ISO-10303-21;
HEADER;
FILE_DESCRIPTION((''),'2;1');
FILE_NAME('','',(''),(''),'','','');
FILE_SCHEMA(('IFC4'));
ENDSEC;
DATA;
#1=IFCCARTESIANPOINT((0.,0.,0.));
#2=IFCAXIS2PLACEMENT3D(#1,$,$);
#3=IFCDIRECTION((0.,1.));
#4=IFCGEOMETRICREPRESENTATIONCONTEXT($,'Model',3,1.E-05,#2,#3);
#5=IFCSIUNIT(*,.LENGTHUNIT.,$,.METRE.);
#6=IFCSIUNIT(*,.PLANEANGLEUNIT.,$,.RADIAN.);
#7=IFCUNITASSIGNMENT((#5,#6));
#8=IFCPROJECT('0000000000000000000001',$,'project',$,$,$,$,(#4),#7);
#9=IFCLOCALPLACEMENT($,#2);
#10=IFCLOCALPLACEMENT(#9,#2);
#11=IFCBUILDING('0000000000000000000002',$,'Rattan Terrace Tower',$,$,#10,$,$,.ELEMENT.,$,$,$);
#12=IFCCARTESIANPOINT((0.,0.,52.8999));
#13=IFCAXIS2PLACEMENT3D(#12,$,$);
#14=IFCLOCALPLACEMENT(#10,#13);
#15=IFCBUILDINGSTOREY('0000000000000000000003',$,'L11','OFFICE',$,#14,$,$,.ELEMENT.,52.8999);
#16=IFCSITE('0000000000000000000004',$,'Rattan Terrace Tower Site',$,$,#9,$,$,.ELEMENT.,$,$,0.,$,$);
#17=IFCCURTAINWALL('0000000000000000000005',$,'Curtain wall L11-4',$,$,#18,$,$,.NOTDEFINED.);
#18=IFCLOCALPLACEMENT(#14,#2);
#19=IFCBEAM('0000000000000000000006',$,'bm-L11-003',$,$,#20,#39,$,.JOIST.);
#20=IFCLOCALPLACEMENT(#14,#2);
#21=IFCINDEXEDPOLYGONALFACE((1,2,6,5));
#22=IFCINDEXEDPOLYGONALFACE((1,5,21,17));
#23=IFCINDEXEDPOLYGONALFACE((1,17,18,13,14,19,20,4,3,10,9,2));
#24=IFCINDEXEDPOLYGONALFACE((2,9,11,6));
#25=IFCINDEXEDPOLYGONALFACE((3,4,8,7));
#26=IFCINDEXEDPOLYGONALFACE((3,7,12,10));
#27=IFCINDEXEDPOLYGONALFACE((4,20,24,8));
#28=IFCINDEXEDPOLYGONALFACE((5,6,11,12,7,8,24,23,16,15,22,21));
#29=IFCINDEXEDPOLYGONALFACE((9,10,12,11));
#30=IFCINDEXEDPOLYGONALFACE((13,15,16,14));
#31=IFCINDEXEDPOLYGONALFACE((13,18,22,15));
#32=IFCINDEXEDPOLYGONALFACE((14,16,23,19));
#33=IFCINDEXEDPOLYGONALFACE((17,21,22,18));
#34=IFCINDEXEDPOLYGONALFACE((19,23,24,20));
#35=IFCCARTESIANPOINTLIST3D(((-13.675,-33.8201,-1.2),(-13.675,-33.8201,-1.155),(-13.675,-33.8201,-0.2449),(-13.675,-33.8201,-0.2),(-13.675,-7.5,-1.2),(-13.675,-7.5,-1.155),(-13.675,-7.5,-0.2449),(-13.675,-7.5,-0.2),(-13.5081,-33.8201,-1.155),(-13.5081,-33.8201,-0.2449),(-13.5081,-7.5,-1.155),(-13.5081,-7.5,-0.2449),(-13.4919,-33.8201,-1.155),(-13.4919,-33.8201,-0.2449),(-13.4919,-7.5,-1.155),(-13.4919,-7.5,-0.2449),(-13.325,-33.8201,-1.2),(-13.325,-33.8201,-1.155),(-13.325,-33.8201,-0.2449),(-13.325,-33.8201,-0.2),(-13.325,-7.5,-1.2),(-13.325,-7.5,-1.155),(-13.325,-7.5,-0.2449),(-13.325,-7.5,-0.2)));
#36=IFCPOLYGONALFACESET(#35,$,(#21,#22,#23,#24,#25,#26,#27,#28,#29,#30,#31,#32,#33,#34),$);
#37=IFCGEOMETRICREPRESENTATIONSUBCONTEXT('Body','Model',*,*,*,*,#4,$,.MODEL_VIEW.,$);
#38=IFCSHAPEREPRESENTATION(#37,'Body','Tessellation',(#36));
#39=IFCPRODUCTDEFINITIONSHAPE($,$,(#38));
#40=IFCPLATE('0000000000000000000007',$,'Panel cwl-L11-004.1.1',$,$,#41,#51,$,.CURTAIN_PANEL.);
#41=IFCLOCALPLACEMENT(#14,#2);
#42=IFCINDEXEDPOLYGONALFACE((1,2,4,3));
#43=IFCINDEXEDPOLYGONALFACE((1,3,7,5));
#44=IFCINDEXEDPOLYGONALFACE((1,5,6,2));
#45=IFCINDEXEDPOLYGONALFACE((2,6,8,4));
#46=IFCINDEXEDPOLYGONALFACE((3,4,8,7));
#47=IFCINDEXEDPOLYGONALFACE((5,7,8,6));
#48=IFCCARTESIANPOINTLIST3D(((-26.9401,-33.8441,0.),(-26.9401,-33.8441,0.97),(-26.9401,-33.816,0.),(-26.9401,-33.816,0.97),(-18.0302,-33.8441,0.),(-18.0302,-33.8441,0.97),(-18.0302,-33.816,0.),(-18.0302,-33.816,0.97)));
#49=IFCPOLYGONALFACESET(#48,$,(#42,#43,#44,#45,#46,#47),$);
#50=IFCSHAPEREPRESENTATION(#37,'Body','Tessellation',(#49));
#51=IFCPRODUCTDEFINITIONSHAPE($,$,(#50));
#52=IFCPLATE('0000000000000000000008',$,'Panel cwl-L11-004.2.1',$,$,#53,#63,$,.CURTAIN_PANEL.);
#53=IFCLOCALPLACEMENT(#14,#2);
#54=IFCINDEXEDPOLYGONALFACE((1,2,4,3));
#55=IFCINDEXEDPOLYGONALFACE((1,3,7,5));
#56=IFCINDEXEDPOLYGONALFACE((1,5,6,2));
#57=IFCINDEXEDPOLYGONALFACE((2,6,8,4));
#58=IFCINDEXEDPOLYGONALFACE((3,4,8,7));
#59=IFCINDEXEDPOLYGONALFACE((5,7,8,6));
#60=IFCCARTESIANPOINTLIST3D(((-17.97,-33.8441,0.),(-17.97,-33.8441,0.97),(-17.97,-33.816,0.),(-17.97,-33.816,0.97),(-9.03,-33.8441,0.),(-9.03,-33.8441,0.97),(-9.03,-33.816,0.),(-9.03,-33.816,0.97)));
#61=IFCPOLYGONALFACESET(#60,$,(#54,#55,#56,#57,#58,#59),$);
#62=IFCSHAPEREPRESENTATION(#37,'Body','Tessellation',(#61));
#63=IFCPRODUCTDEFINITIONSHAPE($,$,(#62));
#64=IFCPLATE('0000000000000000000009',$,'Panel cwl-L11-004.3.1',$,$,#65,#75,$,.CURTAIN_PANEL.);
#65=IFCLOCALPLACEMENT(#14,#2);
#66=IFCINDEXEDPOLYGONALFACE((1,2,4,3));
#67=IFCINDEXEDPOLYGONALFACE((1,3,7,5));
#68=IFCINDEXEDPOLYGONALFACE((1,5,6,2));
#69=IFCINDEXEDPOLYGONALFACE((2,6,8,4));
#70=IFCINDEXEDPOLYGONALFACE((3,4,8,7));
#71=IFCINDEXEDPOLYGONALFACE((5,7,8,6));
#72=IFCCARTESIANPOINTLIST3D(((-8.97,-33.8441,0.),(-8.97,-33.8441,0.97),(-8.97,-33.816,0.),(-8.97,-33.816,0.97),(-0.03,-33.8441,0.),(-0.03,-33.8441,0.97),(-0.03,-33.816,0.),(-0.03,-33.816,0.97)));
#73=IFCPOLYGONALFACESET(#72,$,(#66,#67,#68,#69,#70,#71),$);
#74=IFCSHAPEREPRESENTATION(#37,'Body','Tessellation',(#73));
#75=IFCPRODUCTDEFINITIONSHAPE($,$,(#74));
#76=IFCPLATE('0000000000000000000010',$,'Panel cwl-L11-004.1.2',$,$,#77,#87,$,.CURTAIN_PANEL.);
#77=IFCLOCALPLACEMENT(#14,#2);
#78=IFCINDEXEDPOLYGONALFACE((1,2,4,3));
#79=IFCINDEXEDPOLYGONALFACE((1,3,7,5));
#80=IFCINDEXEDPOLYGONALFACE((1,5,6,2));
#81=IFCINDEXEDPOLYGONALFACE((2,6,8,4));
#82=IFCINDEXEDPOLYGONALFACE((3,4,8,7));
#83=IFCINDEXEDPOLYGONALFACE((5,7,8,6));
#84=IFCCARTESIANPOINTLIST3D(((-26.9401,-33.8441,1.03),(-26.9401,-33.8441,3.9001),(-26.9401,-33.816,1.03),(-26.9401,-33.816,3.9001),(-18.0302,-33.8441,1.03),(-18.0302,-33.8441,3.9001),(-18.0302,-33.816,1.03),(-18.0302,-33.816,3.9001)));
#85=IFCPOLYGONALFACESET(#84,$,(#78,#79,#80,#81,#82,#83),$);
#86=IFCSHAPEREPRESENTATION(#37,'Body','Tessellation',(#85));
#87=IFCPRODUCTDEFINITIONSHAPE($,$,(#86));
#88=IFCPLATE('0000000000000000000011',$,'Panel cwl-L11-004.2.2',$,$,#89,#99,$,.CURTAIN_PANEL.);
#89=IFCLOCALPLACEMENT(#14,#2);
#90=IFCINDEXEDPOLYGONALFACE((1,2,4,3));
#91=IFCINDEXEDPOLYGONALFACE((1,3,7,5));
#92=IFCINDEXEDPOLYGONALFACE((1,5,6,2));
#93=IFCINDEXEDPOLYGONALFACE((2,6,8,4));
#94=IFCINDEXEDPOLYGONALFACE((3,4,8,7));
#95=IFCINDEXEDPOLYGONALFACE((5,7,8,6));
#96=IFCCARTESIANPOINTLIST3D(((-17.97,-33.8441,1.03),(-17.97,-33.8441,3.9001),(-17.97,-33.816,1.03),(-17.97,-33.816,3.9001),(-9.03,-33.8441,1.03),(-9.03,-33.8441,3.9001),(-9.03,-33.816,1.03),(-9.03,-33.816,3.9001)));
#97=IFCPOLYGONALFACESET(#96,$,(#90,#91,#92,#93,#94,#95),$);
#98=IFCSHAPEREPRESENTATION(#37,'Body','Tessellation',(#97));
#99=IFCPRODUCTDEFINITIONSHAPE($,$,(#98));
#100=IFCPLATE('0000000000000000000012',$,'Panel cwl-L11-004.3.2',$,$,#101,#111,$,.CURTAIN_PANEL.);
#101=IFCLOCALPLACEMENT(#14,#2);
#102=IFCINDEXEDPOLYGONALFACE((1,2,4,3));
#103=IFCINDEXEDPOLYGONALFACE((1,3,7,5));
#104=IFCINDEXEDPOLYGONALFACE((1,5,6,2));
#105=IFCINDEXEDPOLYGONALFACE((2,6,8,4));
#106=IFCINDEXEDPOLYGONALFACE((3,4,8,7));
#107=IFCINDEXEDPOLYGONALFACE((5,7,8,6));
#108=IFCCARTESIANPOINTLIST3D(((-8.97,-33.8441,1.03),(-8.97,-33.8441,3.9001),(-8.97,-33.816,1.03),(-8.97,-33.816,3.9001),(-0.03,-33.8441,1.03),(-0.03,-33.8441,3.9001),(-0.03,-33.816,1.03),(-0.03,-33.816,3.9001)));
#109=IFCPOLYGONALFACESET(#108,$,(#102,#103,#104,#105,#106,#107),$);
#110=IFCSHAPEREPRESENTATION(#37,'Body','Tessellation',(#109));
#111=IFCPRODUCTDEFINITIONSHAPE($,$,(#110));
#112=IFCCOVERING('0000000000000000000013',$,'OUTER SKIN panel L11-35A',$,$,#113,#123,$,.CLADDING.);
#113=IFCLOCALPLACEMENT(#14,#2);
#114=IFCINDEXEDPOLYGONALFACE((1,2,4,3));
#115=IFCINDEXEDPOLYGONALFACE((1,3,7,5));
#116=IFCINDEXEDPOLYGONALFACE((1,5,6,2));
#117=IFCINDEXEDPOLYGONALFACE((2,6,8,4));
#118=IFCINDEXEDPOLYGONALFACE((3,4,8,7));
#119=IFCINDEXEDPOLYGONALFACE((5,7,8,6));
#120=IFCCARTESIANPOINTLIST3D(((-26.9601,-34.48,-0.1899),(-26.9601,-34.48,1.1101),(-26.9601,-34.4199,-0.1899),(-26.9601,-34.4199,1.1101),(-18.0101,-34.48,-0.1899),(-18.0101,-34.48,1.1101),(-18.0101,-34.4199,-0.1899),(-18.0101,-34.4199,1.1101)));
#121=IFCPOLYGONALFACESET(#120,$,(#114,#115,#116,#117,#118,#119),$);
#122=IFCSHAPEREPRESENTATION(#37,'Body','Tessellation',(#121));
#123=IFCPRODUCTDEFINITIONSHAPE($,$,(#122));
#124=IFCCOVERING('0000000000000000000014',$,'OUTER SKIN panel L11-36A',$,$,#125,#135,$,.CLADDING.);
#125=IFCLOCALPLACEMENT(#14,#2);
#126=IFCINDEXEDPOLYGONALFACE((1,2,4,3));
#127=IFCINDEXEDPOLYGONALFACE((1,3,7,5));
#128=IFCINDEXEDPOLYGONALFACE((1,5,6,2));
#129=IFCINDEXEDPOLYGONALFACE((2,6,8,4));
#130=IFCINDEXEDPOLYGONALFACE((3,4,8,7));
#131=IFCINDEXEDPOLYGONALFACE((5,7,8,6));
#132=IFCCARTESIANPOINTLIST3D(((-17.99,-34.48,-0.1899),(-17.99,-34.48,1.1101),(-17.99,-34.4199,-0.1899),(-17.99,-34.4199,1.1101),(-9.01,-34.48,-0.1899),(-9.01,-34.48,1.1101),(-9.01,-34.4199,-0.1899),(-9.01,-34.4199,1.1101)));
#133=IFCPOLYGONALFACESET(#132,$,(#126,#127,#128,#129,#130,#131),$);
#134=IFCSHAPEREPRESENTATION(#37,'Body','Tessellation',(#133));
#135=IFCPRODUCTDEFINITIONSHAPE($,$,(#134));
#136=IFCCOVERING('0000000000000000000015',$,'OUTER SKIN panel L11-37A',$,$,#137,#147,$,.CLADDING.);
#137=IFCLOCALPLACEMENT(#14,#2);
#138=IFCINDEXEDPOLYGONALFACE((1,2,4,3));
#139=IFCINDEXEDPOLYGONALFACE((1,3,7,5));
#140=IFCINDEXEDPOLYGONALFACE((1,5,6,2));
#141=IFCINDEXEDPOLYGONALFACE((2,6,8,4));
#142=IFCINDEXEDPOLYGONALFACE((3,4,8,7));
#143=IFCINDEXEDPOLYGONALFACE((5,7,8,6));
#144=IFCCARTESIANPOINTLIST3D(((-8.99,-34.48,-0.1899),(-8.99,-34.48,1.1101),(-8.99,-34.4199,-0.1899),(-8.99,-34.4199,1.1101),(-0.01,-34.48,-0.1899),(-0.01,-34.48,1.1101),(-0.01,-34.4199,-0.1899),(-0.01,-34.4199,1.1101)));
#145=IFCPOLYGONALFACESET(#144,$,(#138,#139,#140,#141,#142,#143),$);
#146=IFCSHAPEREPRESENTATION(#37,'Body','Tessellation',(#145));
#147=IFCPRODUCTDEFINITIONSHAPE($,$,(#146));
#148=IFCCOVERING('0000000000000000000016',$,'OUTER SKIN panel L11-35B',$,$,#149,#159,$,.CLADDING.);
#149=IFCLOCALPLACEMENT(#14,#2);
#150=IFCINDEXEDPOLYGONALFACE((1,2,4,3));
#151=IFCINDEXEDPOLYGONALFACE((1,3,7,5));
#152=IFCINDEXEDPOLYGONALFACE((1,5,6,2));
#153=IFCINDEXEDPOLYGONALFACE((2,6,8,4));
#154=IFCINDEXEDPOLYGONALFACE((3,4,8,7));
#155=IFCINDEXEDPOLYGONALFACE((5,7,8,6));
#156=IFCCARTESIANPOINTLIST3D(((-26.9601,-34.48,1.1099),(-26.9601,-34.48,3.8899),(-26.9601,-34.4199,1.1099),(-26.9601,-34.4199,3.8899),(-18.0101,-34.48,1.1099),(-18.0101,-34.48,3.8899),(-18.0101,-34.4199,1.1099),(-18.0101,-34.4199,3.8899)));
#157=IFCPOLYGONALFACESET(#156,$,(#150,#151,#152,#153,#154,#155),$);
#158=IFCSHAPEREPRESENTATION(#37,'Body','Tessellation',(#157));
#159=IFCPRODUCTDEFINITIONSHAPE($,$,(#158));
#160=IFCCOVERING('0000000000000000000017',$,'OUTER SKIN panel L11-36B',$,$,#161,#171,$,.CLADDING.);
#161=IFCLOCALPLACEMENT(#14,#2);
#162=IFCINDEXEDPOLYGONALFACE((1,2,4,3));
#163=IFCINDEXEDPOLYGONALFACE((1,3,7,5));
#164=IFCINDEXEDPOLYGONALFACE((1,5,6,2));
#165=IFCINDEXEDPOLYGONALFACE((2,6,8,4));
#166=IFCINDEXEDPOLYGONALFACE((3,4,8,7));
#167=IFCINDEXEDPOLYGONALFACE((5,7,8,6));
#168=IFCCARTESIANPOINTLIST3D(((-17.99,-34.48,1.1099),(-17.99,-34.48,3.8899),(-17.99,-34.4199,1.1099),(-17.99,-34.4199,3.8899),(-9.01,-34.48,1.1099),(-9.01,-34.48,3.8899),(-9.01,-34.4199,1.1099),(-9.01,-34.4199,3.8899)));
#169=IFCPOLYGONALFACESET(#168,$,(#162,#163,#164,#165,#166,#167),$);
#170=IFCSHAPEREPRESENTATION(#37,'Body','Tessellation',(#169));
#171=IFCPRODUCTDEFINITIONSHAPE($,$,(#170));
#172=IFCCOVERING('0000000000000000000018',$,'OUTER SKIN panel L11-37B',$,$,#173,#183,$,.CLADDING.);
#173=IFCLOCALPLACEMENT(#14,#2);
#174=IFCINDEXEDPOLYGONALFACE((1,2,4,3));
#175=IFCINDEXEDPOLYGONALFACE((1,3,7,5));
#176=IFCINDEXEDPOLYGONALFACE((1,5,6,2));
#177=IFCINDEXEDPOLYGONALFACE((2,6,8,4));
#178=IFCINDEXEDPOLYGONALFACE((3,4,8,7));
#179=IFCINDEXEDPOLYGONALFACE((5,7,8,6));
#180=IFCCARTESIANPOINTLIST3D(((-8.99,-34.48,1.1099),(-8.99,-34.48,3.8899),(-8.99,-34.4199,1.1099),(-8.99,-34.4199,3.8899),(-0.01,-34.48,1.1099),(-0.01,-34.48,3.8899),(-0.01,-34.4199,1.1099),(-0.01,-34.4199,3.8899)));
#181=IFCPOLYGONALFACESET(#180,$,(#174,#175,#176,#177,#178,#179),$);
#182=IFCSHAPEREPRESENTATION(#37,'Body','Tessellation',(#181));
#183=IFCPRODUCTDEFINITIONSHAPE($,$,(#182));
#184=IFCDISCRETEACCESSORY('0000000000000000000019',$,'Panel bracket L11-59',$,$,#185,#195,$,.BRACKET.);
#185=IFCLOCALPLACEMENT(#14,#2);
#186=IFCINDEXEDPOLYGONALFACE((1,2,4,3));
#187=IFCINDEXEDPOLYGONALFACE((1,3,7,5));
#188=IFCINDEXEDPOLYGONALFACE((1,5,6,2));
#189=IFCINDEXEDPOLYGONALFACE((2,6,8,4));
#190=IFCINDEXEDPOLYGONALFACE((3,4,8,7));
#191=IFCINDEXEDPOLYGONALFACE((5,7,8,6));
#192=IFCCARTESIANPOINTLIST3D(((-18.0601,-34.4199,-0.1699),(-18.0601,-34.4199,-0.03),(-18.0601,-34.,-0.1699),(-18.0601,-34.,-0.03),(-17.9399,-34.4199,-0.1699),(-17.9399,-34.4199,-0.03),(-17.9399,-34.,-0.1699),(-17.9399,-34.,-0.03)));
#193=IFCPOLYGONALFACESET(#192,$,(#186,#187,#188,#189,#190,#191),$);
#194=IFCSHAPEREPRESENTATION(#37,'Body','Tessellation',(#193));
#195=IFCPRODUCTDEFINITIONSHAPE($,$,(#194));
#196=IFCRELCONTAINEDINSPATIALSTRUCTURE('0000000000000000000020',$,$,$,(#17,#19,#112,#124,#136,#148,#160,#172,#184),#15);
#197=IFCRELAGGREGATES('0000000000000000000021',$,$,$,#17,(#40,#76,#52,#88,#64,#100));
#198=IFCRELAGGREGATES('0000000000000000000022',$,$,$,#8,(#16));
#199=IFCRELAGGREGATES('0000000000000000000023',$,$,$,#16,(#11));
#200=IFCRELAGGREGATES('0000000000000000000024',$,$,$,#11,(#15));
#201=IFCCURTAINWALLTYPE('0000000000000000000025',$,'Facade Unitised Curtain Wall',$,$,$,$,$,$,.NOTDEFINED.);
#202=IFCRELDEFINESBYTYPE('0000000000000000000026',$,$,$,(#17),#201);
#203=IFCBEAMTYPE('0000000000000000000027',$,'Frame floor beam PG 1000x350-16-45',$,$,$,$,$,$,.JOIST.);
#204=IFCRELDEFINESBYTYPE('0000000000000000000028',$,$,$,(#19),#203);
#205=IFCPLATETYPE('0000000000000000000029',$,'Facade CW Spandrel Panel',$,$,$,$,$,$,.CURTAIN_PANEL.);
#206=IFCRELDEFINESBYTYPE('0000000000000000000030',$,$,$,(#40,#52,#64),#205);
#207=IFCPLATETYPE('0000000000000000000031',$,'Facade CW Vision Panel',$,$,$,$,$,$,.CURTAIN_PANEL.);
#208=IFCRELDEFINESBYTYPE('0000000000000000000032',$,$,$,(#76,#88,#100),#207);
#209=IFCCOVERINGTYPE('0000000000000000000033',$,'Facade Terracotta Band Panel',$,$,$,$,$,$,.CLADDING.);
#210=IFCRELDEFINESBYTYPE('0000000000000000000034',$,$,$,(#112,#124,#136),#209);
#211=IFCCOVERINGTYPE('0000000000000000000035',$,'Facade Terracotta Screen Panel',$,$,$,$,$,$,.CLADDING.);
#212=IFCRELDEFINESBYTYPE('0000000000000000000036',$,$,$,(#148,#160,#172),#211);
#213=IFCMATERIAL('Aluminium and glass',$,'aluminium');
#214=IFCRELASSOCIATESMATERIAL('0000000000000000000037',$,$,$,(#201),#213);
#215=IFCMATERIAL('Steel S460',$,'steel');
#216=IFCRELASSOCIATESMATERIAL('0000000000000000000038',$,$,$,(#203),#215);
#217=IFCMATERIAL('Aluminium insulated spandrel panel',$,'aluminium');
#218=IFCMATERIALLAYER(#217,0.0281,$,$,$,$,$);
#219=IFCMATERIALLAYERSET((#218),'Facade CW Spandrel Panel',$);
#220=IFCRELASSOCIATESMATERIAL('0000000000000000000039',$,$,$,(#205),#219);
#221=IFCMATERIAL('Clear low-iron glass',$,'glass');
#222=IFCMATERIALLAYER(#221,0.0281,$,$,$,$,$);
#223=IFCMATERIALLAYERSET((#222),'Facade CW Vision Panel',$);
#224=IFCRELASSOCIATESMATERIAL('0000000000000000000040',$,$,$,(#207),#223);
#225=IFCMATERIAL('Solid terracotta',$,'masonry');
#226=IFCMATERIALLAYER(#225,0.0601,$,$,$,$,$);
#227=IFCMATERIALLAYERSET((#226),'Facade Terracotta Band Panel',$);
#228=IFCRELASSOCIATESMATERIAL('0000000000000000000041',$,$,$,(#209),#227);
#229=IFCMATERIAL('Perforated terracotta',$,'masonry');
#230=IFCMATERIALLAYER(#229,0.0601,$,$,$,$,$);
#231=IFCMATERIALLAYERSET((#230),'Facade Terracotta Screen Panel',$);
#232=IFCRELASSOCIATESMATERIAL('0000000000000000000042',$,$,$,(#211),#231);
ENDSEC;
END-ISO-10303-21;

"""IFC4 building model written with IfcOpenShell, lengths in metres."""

from ifc_helpers import new_model, si_unit, direction, frame, origin, origin_2d, place, context, subcontext, project, spatial, rectangle, i_section, extrude, material, layer, layer_set, material_profile, profile_set, type_object, element, aggregate, save


model = new_model("IFC4")

# Units and contexts
model_context = context("Model", 3, precision=1e-05, world=origin(), true_north=direction((0.0, 1.0)))
body_context = subcontext(model_context, "Body", "Model", "MODEL_VIEW")
ifc_project = project(units=[si_unit("LENGTHUNIT", "METRE"), si_unit("PLANEANGLEUNIT", "RADIAN")], contexts=[model_context])

# Site, building, storey
site_placement = place(None, origin())
site = spatial("IfcSite", under=ifc_project, at=site_placement, Name="Rattan Terrace Tower Site", CompositionType="ELEMENT", RefElevation=0.0)
building_placement = place(site_placement, origin())
building = spatial("IfcBuilding", under=site, at=building_placement, Name="Rattan Terrace Tower", CompositionType="ELEMENT")
storey_placement = place(building_placement, frame((0.0, 0.0, 52.8999)))
storey = spatial("IfcBuildingStorey", under=building, at=storey_placement, Name="L11", Description="OFFICE", CompositionType="ELEMENT", Elevation=52.8999)

# Curtain wall
ifc_material_1 = material(Name="Aluminium and glass", Category="aluminium")
curtain_wall_type = type_object("IfcCurtainWallType", Name="Facade Unitised Curtain Wall", PredefinedType="NOTDEFINED", material=ifc_material_1)
curtain_wall_placement = place(storey_placement, origin())
curtain_wall = element("IfcCurtainWall", 1, at=curtain_wall_placement, inside=storey, type_object=curtain_wall_type, Name="Curtain wall L11-4", PredefinedType="NOTDEFINED")

# Beam
ifc_material_2 = material(Name="Steel S460", Category="steel")
ifc_material_profile_1 = material_profile(ifc_material_2, i_section(OverallWidth=0.3501, OverallDepth=1.0, WebThickness=0.0161, FlangeThickness=0.0449, at=origin_2d()), Name="PG 1000x350-16-45")
ifc_profile_set_1 = profile_set([ifc_material_profile_1], Name="Steel S460")
beam_type_1 = type_object("IfcBeamType", Name="Frame floor beam PG 1000x350-16-45", PredefinedType="JOIST", material=ifc_profile_set_1)
beam_1_placement = place(storey_placement, frame((-13.5, -33.8201, -0.7), z_axis=(0.0, 1.0, 0.0), x_axis=(-1.0, 0.0, 0.0)))
element("IfcBeam", 2, at=beam_1_placement, inside=storey, type_object=beam_type_1, Name="bm-L11-003", PredefinedType="JOIST", context=body_context, shape_type="SweptSolid", body=[
    extrude(i_section(OverallWidth=0.3501, OverallDepth=1.0, WebThickness=0.0161, FlangeThickness=0.0449, at=origin_2d()), origin(), (0.0, 0.0, 1.0), 26.3201),
])

# Plates
ifc_material_3 = material(Name="Aluminium insulated spandrel panel", Category="aluminium")
ifc_layer_1 = layer(ifc_material_3, 0.0281)
ifc_layer_set_1 = layer_set([ifc_layer_1], Name="Facade CW Spandrel Panel")
plate_type_1 = type_object("IfcPlateType", Name="Facade CW Spandrel Panel", PredefinedType="CURTAIN_PANEL", material=ifc_layer_set_1)
plate_1_placement = place(storey_placement, frame((-22.4851, -33.8301, 0.0), z_axis=(0.0, 0.0, 1.0), x_axis=(1.0, 0.0, 0.0)))
plate_1 = element("IfcPlate", 3, at=plate_1_placement, type_object=plate_type_1, Name="Panel cwl-L11-004.1.1", PredefinedType="CURTAIN_PANEL", context=body_context, shape_type="SweptSolid", body=[
    extrude(rectangle(XDim=8.9099, YDim=0.0281, at=origin_2d()), origin(), (0.0, 0.0, 1.0), 0.97),
])
plate_2_placement = place(storey_placement, frame((-13.5, -33.8301, 0.0), z_axis=(0.0, 0.0, 1.0), x_axis=(1.0, 0.0, 0.0)))
plate_2 = element("IfcPlate", 4, at=plate_2_placement, type_object=plate_type_1, Name="Panel cwl-L11-004.2.1", PredefinedType="CURTAIN_PANEL", context=body_context, shape_type="SweptSolid", body=[
    extrude(rectangle(XDim=8.9399, YDim=0.0281, at=origin_2d()), origin(), (0.0, 0.0, 1.0), 0.97),
])
plate_3_placement = place(storey_placement, frame((-4.5, -33.8301, 0.0), z_axis=(0.0, 0.0, 1.0), x_axis=(1.0, 0.0, 0.0)))
plate_3 = element("IfcPlate", 5, at=plate_3_placement, type_object=plate_type_1, Name="Panel cwl-L11-004.3.1", PredefinedType="CURTAIN_PANEL", context=body_context, shape_type="SweptSolid", body=[
    extrude(rectangle(XDim=8.9399, YDim=0.0281, at=origin_2d()), origin(), (0.0, 0.0, 1.0), 0.97),
])
ifc_material_4 = material(Name="Clear low-iron glass", Category="glass")
ifc_layer_2 = layer(ifc_material_4, 0.0281)
ifc_layer_set_2 = layer_set([ifc_layer_2], Name="Facade CW Vision Panel")
plate_type_2 = type_object("IfcPlateType", Name="Facade CW Vision Panel", PredefinedType="CURTAIN_PANEL", material=ifc_layer_set_2)
plate_4_placement = place(storey_placement, frame((-22.4851, -33.8301, 1.03), z_axis=(0.0, 0.0, 1.0), x_axis=(1.0, 0.0, 0.0)))
plate_4 = element("IfcPlate", 6, at=plate_4_placement, type_object=plate_type_2, Name="Panel cwl-L11-004.1.2", PredefinedType="CURTAIN_PANEL", context=body_context, shape_type="SweptSolid", body=[
    extrude(rectangle(XDim=8.9099, YDim=0.0281, at=origin_2d()), origin(), (0.0, 0.0, 1.0), 2.8701),
])
plate_5_placement = place(storey_placement, frame((-13.5, -33.8301, 1.03), z_axis=(0.0, 0.0, 1.0), x_axis=(1.0, 0.0, 0.0)))
plate_5 = element("IfcPlate", 7, at=plate_5_placement, type_object=plate_type_2, Name="Panel cwl-L11-004.2.2", PredefinedType="CURTAIN_PANEL", context=body_context, shape_type="SweptSolid", body=[
    extrude(rectangle(XDim=8.9399, YDim=0.0281, at=origin_2d()), origin(), (0.0, 0.0, 1.0), 2.8701),
])
plate_6_placement = place(storey_placement, frame((-4.5, -33.8301, 1.03), z_axis=(0.0, 0.0, 1.0), x_axis=(1.0, 0.0, 0.0)))
plate_6 = element("IfcPlate", 8, at=plate_6_placement, type_object=plate_type_2, Name="Panel cwl-L11-004.3.2", PredefinedType="CURTAIN_PANEL", context=body_context, shape_type="SweptSolid", body=[
    extrude(rectangle(XDim=8.9399, YDim=0.0281, at=origin_2d()), origin(), (0.0, 0.0, 1.0), 2.8701),
])
aggregate(curtain_wall, [plate_1, plate_4, plate_2, plate_5, plate_3, plate_6])

# Coverings
ifc_material_5 = material(Name="Solid terracotta", Category="masonry")
ifc_layer_3 = layer(ifc_material_5, 0.0601)
ifc_layer_set_3 = layer_set([ifc_layer_3], Name="Facade Terracotta Band Panel")
covering_type_1 = type_object("IfcCoveringType", Name="Facade Terracotta Band Panel", PredefinedType="CLADDING", material=ifc_layer_set_3)
covering_1_placement = place(storey_placement, frame((-22.4851, -34.45, -0.1899), z_axis=(0.0, 0.0, 1.0), x_axis=(1.0, 0.0, 0.0)))
element("IfcCovering", 9, at=covering_1_placement, inside=storey, type_object=covering_type_1, Name="OUTER SKIN panel L11-35A", PredefinedType="CLADDING", context=body_context, shape_type="SweptSolid", body=[
    extrude(rectangle(XDim=8.95, YDim=0.0601, at=origin_2d()), origin(), (0.0, 0.0, 1.0), 1.3),
])
for number, where, z_axis, x_axis, name in (
    (10, (-13.5, -34.45, -0.1899), (0.0, 0.0, 1.0), (1.0, 0.0, 0.0), "OUTER SKIN panel L11-36A"),
    (11, (-4.5, -34.45, -0.1899), (0.0, 0.0, 1.0), (1.0, 0.0, 0.0), "OUTER SKIN panel L11-37A"),
):
    element("IfcCovering", number, at=place(storey_placement, frame(where, z_axis=z_axis, x_axis=x_axis)), inside=storey, type_object=covering_type_1, Name=name, PredefinedType="CLADDING", context=body_context, shape_type="SweptSolid", body=[
        extrude(rectangle(XDim=8.98, YDim=0.0601, at=origin_2d()), origin(), (0.0, 0.0, 1.0), 1.3),
    ])
ifc_material_6 = material(Name="Perforated terracotta", Category="masonry")
ifc_layer_4 = layer(ifc_material_6, 0.0601)
ifc_layer_set_4 = layer_set([ifc_layer_4], Name="Facade Terracotta Screen Panel")
covering_type_2 = type_object("IfcCoveringType", Name="Facade Terracotta Screen Panel", PredefinedType="CLADDING", material=ifc_layer_set_4)
covering_2_placement = place(storey_placement, frame((-22.4851, -34.45, 1.1099), z_axis=(0.0, 0.0, 1.0), x_axis=(1.0, 0.0, 0.0)))
element("IfcCovering", 12, at=covering_2_placement, inside=storey, type_object=covering_type_2, Name="OUTER SKIN panel L11-35B", PredefinedType="CLADDING", context=body_context, shape_type="SweptSolid", body=[
    extrude(rectangle(XDim=8.95, YDim=0.0601, at=origin_2d()), origin(), (0.0, 0.0, 1.0), 2.78),
])
for number, where, z_axis, x_axis, name in (
    (13, (-13.5, -34.45, 1.1099), (0.0, 0.0, 1.0), (1.0, 0.0, 0.0), "OUTER SKIN panel L11-36B"),
    (14, (-4.5, -34.45, 1.1099), (0.0, 0.0, 1.0), (1.0, 0.0, 0.0), "OUTER SKIN panel L11-37B"),
):
    element("IfcCovering", number, at=place(storey_placement, frame(where, z_axis=z_axis, x_axis=x_axis)), inside=storey, type_object=covering_type_2, Name=name, PredefinedType="CLADDING", context=body_context, shape_type="SweptSolid", body=[
        extrude(rectangle(XDim=8.98, YDim=0.0601, at=origin_2d()), origin(), (0.0, 0.0, 1.0), 2.78),
    ])

# Discrete accessory
for number, where, z_axis, x_axis, name in (
    (15, (-18.0, -34.21, -0.1699), (0.0, 0.0, 1.0), (1.0, 0.0, 0.0), "Panel bracket L11-59"),
):
    element("IfcDiscreteAccessory", number, at=place(storey_placement, frame(where, z_axis=z_axis, x_axis=x_axis)), inside=storey, Name=name, PredefinedType="BRACKET", context=body_context, shape_type="SweptSolid", body=[
        extrude(rectangle(XDim=0.1201, YDim=0.4199, at=origin_2d()), origin(), (0.0, 0.0, 1.0), 0.1399),
    ])

save(model, "model.ifc")
